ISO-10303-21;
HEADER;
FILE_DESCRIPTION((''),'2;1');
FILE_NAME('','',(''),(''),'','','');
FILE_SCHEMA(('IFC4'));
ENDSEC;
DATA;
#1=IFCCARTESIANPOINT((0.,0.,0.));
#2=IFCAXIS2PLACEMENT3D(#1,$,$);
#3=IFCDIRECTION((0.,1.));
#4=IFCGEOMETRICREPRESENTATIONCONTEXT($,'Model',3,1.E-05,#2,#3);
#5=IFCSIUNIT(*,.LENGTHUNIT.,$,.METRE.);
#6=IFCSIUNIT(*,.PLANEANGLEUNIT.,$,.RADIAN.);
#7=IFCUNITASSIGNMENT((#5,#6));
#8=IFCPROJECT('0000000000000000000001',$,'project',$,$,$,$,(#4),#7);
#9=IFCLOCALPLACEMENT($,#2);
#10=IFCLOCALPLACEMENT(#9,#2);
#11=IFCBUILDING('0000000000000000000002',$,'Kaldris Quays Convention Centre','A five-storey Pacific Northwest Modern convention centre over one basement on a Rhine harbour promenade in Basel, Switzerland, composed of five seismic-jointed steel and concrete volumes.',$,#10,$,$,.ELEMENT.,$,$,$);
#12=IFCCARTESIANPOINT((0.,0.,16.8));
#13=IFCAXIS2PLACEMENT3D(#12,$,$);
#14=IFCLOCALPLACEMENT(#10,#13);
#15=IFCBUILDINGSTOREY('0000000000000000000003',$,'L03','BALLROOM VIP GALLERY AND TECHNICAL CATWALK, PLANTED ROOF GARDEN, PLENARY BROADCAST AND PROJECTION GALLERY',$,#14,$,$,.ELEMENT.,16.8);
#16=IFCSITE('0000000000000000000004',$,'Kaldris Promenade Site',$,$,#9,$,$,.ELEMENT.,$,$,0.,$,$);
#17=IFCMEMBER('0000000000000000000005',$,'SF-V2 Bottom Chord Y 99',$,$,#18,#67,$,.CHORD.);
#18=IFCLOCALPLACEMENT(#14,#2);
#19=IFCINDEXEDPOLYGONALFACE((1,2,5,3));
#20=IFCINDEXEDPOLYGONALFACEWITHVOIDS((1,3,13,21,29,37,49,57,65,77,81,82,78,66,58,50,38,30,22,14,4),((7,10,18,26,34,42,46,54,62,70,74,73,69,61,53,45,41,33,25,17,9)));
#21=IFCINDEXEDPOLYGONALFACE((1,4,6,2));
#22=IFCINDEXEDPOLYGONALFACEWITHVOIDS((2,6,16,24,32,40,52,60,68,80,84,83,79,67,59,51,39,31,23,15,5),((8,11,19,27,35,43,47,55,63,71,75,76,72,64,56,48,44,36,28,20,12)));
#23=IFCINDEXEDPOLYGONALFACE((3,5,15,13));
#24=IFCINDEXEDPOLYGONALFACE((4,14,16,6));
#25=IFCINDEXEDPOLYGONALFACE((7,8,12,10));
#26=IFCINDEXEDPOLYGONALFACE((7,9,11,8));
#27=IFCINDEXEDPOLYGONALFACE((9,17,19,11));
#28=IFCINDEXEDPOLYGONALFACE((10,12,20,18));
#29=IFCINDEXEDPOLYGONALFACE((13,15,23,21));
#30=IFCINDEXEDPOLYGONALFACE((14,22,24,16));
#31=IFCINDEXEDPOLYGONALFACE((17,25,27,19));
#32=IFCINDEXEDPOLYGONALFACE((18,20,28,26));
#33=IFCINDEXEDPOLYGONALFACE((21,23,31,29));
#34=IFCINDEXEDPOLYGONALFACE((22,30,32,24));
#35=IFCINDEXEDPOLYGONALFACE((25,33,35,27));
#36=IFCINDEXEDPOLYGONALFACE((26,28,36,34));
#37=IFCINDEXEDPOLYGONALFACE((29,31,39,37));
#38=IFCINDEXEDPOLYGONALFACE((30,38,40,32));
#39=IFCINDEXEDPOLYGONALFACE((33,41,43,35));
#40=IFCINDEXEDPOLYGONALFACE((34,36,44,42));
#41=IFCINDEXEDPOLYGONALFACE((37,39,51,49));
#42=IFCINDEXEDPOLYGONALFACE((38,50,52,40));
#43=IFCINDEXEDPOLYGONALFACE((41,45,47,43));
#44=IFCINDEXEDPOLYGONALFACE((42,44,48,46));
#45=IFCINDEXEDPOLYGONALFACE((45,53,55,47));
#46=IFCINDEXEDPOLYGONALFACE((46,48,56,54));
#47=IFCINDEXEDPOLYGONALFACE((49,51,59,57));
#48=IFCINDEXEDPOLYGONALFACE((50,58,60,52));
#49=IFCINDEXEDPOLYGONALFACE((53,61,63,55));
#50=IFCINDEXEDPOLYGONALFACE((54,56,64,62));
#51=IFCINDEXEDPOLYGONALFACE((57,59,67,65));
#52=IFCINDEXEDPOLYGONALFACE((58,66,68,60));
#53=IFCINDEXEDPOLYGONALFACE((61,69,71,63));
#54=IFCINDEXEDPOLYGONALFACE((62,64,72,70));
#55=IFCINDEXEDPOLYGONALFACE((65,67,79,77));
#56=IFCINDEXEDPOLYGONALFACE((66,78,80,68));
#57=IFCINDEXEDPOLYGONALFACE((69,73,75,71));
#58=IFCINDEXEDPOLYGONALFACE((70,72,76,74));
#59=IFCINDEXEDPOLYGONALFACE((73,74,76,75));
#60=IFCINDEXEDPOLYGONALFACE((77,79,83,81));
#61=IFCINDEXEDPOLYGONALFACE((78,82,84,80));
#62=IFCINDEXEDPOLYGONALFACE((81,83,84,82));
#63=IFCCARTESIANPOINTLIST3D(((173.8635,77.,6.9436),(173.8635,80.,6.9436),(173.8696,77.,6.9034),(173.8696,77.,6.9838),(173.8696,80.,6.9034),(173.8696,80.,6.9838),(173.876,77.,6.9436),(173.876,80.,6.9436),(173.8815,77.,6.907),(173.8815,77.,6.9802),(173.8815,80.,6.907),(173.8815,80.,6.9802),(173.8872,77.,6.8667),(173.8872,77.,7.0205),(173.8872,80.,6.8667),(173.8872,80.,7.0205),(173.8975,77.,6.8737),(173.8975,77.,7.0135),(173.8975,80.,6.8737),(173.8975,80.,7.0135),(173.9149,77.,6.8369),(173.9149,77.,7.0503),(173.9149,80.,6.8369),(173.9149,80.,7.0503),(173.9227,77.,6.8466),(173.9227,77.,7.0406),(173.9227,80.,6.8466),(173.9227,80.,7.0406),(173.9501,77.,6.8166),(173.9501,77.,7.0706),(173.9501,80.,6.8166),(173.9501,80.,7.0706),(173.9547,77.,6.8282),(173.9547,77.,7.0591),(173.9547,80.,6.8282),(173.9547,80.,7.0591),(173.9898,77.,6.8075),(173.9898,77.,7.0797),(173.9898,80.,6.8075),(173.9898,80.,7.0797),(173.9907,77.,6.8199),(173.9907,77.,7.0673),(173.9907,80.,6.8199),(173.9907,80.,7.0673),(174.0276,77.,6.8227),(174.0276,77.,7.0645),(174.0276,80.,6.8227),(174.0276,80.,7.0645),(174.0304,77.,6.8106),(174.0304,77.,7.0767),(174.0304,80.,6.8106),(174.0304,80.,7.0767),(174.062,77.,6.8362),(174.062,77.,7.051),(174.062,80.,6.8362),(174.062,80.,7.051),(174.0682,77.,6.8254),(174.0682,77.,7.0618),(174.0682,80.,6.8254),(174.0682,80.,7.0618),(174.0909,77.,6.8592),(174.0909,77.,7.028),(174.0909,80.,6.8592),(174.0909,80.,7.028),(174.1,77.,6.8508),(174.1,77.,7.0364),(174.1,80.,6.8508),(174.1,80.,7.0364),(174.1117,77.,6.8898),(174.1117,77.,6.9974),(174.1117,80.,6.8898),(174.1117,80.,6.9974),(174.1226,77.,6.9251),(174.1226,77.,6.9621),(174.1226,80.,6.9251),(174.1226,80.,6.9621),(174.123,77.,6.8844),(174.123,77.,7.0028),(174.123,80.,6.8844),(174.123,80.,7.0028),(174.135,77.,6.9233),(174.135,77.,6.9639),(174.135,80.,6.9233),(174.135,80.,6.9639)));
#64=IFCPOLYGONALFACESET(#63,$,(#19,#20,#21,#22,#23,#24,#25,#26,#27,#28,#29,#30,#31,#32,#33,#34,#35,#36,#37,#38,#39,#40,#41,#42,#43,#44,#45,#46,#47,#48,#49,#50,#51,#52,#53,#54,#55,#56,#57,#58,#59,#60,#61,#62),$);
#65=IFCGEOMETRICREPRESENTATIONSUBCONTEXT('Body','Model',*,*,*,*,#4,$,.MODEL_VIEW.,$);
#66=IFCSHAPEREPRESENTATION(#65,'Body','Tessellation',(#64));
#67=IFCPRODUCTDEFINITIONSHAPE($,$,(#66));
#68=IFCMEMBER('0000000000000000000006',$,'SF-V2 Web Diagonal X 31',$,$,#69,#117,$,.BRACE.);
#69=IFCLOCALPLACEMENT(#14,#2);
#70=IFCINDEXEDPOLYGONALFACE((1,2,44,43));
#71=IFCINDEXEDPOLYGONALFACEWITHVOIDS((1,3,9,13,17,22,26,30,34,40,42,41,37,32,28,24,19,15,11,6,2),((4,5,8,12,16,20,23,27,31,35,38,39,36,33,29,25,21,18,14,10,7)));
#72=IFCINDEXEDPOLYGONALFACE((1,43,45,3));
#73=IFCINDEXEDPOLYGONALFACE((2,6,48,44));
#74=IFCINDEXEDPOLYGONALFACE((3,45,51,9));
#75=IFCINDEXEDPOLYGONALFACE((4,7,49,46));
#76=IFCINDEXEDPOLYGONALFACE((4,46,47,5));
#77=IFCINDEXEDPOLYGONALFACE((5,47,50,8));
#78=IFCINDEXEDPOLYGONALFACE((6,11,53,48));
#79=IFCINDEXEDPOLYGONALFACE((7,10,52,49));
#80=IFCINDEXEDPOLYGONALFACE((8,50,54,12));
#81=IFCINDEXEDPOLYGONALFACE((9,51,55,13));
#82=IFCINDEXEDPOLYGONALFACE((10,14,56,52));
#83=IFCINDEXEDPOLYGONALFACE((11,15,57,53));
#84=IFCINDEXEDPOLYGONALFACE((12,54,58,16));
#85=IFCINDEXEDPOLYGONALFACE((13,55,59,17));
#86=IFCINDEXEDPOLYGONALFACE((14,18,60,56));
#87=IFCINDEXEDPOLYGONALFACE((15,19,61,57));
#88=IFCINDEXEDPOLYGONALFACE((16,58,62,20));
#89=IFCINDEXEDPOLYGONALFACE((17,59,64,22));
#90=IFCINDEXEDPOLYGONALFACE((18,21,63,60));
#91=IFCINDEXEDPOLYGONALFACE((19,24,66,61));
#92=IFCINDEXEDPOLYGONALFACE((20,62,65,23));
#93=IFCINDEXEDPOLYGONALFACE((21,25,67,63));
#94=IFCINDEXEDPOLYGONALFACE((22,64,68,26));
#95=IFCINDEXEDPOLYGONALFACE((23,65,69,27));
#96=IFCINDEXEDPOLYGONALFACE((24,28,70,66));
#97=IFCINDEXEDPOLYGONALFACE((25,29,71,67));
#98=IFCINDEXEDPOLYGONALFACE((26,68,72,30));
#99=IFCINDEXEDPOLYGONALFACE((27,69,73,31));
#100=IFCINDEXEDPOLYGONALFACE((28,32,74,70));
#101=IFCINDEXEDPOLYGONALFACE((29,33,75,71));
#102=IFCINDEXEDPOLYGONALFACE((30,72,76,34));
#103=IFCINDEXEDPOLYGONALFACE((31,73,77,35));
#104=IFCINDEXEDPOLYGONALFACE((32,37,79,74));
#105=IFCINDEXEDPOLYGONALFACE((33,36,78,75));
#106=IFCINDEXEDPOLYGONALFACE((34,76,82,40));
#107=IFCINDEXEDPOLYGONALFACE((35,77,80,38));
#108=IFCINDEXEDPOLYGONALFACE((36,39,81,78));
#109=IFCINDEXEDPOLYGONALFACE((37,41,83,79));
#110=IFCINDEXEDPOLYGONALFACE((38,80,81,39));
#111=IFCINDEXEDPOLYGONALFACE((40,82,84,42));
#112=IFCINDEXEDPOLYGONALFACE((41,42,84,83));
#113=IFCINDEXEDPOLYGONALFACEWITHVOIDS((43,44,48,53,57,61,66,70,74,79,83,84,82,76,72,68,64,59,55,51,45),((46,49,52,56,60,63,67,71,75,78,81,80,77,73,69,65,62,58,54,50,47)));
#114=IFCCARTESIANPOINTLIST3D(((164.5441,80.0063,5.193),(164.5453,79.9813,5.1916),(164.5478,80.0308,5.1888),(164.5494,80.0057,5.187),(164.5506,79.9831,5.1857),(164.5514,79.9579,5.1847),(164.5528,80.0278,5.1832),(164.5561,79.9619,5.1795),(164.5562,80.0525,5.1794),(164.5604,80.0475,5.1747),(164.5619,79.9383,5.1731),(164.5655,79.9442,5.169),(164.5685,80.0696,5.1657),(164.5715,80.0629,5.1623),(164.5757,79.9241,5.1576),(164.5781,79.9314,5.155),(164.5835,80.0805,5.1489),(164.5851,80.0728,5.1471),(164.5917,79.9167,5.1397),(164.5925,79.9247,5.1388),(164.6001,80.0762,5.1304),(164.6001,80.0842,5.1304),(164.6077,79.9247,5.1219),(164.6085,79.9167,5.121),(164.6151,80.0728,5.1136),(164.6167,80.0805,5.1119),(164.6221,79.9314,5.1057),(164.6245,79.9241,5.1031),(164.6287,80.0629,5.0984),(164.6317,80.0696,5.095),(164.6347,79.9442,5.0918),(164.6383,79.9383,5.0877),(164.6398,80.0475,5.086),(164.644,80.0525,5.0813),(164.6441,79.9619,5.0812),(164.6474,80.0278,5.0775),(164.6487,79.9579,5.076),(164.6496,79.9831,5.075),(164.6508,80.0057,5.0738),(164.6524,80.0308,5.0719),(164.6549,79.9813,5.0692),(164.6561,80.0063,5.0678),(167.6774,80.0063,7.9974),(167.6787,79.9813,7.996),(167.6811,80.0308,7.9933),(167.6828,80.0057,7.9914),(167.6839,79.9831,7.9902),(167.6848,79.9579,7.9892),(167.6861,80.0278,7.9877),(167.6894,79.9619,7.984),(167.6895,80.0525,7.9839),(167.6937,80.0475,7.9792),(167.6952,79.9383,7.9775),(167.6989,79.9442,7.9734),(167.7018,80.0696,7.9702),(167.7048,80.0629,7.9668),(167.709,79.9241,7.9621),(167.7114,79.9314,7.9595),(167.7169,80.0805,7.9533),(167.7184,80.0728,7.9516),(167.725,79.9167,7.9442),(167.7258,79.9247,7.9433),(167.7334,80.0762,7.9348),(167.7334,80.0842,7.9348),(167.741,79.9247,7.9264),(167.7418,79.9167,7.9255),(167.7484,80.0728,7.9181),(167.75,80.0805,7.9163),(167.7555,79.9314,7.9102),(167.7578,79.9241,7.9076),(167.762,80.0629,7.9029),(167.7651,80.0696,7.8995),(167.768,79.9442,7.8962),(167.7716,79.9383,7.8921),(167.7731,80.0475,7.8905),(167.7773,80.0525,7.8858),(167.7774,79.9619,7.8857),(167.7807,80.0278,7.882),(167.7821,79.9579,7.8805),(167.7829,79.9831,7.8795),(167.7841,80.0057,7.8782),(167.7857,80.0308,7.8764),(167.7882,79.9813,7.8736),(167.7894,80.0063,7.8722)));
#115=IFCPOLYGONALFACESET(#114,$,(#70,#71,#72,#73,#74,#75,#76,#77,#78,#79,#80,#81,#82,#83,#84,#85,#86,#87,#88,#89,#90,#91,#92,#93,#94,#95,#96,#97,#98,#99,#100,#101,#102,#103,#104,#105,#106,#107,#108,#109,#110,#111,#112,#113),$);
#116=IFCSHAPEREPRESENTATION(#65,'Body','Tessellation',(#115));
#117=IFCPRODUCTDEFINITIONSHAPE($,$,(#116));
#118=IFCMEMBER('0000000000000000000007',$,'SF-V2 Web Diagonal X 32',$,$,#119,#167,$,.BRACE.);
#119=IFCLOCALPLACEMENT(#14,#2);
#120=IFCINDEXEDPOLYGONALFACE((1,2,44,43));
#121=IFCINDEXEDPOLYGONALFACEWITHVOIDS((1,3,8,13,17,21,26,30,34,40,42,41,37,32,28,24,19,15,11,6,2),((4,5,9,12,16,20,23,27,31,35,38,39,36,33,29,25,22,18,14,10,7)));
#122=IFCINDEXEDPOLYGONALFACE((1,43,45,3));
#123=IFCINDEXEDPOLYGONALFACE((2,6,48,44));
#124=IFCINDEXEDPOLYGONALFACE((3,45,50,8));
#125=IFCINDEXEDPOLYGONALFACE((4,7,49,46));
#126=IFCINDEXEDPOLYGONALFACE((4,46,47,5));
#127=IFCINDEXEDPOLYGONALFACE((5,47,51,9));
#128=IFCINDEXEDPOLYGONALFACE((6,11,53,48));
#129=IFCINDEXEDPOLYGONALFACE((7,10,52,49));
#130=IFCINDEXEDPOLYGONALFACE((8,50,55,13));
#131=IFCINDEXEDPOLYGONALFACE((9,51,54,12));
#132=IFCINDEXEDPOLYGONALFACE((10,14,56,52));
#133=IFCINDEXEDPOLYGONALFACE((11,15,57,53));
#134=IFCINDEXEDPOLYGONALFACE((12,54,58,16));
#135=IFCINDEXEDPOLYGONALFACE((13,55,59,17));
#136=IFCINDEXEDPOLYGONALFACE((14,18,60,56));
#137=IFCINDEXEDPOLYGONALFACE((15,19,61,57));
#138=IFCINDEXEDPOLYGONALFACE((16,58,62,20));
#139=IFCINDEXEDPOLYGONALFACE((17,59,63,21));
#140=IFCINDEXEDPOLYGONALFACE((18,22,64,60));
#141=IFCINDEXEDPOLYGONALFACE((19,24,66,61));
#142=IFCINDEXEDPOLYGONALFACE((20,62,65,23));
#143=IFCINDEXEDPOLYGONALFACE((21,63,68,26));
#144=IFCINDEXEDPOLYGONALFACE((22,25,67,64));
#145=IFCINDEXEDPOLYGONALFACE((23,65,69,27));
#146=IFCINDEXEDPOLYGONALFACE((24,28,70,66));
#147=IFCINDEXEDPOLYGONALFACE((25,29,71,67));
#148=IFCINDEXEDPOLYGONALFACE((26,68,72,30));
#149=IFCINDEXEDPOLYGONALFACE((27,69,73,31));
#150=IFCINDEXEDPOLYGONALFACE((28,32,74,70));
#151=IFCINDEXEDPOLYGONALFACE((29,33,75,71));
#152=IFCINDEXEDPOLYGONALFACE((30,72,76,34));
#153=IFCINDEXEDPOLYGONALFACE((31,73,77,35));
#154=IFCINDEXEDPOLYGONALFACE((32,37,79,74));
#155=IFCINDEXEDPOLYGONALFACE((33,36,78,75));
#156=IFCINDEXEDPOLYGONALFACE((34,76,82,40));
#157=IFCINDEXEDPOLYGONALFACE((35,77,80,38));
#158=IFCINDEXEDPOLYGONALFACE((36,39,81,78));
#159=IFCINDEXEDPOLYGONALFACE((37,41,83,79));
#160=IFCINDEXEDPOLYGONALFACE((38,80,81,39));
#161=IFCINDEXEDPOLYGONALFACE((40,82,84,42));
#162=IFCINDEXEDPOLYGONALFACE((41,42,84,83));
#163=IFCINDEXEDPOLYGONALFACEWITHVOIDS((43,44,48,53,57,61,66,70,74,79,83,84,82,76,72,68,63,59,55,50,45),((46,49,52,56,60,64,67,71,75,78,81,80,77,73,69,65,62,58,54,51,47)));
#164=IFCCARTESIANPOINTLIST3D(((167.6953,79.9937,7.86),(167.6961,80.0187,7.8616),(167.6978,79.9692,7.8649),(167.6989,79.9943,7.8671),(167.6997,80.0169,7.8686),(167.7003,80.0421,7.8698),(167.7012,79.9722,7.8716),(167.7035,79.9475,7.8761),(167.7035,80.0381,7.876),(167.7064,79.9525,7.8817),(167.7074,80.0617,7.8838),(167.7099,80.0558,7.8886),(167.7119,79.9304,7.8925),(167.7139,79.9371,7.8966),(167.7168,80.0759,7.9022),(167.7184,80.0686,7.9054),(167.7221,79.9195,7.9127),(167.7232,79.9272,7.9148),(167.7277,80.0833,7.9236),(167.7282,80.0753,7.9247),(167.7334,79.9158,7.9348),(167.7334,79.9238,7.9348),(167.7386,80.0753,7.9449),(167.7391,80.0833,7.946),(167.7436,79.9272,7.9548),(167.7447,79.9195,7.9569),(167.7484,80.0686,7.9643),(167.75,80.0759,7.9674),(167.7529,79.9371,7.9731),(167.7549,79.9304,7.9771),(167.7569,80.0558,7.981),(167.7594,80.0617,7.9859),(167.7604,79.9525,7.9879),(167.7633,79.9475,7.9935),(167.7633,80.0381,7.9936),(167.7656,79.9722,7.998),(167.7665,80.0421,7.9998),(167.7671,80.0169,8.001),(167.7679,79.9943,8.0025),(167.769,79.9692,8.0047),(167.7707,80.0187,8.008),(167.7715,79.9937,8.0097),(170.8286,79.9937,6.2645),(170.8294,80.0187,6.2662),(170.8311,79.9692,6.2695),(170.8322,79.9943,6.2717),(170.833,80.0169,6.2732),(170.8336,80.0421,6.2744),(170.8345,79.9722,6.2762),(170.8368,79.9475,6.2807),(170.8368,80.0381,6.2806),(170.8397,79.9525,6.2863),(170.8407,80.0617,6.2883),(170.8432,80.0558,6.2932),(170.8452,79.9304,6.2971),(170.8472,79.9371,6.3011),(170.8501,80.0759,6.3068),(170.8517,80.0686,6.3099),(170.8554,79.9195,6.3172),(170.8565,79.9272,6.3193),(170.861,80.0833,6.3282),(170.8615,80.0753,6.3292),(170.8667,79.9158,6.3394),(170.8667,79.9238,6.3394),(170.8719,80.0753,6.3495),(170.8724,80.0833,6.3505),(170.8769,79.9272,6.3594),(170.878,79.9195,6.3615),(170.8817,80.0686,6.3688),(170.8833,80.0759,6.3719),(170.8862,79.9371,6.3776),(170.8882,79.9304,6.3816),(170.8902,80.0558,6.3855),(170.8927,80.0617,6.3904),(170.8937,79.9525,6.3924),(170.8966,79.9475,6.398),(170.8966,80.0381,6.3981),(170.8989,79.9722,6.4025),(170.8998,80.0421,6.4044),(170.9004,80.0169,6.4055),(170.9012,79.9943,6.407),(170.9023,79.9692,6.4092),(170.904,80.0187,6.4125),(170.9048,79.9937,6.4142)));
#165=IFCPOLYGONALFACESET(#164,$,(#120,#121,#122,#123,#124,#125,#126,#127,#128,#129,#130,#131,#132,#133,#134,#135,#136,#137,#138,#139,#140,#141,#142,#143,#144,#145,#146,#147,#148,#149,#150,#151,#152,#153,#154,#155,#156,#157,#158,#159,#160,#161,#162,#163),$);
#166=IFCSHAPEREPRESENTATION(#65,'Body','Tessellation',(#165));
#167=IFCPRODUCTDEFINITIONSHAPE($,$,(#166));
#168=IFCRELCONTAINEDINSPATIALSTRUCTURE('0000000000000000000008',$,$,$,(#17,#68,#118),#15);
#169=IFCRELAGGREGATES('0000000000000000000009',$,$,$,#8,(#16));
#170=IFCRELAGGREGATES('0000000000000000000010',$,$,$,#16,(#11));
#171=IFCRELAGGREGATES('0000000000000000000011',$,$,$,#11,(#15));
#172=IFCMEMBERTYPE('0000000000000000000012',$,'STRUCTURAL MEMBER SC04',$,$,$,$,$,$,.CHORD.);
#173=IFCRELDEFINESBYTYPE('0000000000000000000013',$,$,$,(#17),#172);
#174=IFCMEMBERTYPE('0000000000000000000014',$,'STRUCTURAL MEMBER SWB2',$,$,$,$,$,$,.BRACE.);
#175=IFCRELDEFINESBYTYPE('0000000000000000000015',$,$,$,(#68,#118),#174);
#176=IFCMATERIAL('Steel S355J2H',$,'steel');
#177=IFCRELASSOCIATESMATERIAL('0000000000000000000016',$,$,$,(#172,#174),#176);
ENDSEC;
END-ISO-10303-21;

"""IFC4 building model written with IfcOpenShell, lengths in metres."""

from ifc_helpers import new_model, si_unit, direction, frame, origin, origin_2d, place, context, subcontext, project, spatial, hollow_circle, extrude, material, material_profile, profile_set, type_object, element, save


model = new_model("IFC4")

# Units and contexts
model_context = context("Model", 3, precision=1e-05, world=origin(), true_north=direction((0.0, 1.0)))
body_context = subcontext(model_context, "Body", "Model", "MODEL_VIEW")
ifc_project = project(units=[si_unit("LENGTHUNIT", "METRE"), si_unit("PLANEANGLEUNIT", "RADIAN")], contexts=[model_context])

# Site, building, storey
site_placement = place(None, origin())
site = spatial("IfcSite", under=ifc_project, at=site_placement, Name="Kaldris Promenade Site", CompositionType="ELEMENT", RefElevation=0.0)
building_placement = place(site_placement, origin())
building = spatial("IfcBuilding", under=site, at=building_placement, Name="Kaldris Quays Convention Centre", Description="A five-storey Pacific Northwest Modern convention centre over one basement on a Rhine harbour promenade in Basel, Switzerland, composed of five seismic-jointed steel and concrete volumes.", CompositionType="ELEMENT")
storey_placement = place(building_placement, frame((0.0, 0.0, 16.8)))
storey = spatial("IfcBuildingStorey", under=building, at=storey_placement, Name="L03", Description="BALLROOM VIP GALLERY AND TECHNICAL CATWALK, PLANTED ROOF GARDEN, PLENARY BROADCAST AND PROJECTION GALLERY", CompositionType="ELEMENT", Elevation=16.8)

# Members
ifc_material_1 = material(Name="Steel S355J2H", Category="steel")
ifc_material_profile_1 = material_profile(ifc_material_1, hollow_circle(Radius=0.1365, WallThickness=0.0125, at=origin_2d()), Name="CHS 273x12.5")
ifc_profile_set_1 = profile_set([ifc_material_profile_1], Name="Steel S355J2H")
member_type_1 = type_object("IfcMemberType", Name="STRUCTURAL MEMBER SC04", PredefinedType="CHORD", material=ifc_profile_set_1)
for number, where, z_axis, x_axis, name in (
    (1, (174.0, 77.0, 6.9436), (0.0, 1.0, 0.0), (-1.0, 0.0, 0.0), "SF-V2 Bottom Chord Y 99"),
):
    element("IfcMember", number, at=place(storey_placement, frame(where, z_axis=z_axis, x_axis=x_axis)), inside=storey, type_object=member_type_1, Name=name, PredefinedType="CHORD", context=body_context, shape_type="SweptSolid", body=[
        extrude(hollow_circle(Radius=0.1365, WallThickness=0.0125, at=origin_2d()), origin(), (0.0, 0.0, 1.0), 3.0),
    ])
ifc_material_profile_2 = material_profile(ifc_material_1, hollow_circle(Radius=0.0842, WallThickness=0.0081, at=origin_2d()), Name="CHS 168.3x8")
ifc_profile_set_2 = profile_set([ifc_material_profile_2], Name="Steel S355J2H")
member_type_2 = type_object("IfcMemberType", Name="STRUCTURAL MEMBER SWB2", PredefinedType="BRACE", material=ifc_profile_set_2)
member_1_placement = place(storey_placement, frame((164.6001, 80.0, 5.1304), z_axis=(0.745127, 0.0, 0.666922), x_axis=(0.0, 1.0, 0.0)))
element("IfcMember", 2, at=member_1_placement, inside=storey, type_object=member_type_2, Name="SF-V2 Web Diagonal X 31", PredefinedType="BRACE", context=body_context, shape_type="SweptSolid", body=[
    extrude(hollow_circle(Radius=0.0842, WallThickness=0.0081, at=origin_2d()), origin(), (0.0, 0.0, 1.0), 4.2051),
])
member_2_placement = place(storey_placement, frame((170.8667, 80.0, 6.3394), z_axis=(-0.891126, 0.0, 0.453756), x_axis=(0.0, -1.0, 0.0)))
element("IfcMember", 3, at=member_2_placement, inside=storey, type_object=member_type_2, Name="SF-V2 Web Diagonal X 32", PredefinedType="BRACE", context=body_context, shape_type="SweptSolid", body=[
    extrude(hollow_circle(Radius=0.0842, WallThickness=0.0081, at=origin_2d()), origin(), (0.0, 0.0, 1.0), 3.5161),
])

save(model, "model.ifc")
